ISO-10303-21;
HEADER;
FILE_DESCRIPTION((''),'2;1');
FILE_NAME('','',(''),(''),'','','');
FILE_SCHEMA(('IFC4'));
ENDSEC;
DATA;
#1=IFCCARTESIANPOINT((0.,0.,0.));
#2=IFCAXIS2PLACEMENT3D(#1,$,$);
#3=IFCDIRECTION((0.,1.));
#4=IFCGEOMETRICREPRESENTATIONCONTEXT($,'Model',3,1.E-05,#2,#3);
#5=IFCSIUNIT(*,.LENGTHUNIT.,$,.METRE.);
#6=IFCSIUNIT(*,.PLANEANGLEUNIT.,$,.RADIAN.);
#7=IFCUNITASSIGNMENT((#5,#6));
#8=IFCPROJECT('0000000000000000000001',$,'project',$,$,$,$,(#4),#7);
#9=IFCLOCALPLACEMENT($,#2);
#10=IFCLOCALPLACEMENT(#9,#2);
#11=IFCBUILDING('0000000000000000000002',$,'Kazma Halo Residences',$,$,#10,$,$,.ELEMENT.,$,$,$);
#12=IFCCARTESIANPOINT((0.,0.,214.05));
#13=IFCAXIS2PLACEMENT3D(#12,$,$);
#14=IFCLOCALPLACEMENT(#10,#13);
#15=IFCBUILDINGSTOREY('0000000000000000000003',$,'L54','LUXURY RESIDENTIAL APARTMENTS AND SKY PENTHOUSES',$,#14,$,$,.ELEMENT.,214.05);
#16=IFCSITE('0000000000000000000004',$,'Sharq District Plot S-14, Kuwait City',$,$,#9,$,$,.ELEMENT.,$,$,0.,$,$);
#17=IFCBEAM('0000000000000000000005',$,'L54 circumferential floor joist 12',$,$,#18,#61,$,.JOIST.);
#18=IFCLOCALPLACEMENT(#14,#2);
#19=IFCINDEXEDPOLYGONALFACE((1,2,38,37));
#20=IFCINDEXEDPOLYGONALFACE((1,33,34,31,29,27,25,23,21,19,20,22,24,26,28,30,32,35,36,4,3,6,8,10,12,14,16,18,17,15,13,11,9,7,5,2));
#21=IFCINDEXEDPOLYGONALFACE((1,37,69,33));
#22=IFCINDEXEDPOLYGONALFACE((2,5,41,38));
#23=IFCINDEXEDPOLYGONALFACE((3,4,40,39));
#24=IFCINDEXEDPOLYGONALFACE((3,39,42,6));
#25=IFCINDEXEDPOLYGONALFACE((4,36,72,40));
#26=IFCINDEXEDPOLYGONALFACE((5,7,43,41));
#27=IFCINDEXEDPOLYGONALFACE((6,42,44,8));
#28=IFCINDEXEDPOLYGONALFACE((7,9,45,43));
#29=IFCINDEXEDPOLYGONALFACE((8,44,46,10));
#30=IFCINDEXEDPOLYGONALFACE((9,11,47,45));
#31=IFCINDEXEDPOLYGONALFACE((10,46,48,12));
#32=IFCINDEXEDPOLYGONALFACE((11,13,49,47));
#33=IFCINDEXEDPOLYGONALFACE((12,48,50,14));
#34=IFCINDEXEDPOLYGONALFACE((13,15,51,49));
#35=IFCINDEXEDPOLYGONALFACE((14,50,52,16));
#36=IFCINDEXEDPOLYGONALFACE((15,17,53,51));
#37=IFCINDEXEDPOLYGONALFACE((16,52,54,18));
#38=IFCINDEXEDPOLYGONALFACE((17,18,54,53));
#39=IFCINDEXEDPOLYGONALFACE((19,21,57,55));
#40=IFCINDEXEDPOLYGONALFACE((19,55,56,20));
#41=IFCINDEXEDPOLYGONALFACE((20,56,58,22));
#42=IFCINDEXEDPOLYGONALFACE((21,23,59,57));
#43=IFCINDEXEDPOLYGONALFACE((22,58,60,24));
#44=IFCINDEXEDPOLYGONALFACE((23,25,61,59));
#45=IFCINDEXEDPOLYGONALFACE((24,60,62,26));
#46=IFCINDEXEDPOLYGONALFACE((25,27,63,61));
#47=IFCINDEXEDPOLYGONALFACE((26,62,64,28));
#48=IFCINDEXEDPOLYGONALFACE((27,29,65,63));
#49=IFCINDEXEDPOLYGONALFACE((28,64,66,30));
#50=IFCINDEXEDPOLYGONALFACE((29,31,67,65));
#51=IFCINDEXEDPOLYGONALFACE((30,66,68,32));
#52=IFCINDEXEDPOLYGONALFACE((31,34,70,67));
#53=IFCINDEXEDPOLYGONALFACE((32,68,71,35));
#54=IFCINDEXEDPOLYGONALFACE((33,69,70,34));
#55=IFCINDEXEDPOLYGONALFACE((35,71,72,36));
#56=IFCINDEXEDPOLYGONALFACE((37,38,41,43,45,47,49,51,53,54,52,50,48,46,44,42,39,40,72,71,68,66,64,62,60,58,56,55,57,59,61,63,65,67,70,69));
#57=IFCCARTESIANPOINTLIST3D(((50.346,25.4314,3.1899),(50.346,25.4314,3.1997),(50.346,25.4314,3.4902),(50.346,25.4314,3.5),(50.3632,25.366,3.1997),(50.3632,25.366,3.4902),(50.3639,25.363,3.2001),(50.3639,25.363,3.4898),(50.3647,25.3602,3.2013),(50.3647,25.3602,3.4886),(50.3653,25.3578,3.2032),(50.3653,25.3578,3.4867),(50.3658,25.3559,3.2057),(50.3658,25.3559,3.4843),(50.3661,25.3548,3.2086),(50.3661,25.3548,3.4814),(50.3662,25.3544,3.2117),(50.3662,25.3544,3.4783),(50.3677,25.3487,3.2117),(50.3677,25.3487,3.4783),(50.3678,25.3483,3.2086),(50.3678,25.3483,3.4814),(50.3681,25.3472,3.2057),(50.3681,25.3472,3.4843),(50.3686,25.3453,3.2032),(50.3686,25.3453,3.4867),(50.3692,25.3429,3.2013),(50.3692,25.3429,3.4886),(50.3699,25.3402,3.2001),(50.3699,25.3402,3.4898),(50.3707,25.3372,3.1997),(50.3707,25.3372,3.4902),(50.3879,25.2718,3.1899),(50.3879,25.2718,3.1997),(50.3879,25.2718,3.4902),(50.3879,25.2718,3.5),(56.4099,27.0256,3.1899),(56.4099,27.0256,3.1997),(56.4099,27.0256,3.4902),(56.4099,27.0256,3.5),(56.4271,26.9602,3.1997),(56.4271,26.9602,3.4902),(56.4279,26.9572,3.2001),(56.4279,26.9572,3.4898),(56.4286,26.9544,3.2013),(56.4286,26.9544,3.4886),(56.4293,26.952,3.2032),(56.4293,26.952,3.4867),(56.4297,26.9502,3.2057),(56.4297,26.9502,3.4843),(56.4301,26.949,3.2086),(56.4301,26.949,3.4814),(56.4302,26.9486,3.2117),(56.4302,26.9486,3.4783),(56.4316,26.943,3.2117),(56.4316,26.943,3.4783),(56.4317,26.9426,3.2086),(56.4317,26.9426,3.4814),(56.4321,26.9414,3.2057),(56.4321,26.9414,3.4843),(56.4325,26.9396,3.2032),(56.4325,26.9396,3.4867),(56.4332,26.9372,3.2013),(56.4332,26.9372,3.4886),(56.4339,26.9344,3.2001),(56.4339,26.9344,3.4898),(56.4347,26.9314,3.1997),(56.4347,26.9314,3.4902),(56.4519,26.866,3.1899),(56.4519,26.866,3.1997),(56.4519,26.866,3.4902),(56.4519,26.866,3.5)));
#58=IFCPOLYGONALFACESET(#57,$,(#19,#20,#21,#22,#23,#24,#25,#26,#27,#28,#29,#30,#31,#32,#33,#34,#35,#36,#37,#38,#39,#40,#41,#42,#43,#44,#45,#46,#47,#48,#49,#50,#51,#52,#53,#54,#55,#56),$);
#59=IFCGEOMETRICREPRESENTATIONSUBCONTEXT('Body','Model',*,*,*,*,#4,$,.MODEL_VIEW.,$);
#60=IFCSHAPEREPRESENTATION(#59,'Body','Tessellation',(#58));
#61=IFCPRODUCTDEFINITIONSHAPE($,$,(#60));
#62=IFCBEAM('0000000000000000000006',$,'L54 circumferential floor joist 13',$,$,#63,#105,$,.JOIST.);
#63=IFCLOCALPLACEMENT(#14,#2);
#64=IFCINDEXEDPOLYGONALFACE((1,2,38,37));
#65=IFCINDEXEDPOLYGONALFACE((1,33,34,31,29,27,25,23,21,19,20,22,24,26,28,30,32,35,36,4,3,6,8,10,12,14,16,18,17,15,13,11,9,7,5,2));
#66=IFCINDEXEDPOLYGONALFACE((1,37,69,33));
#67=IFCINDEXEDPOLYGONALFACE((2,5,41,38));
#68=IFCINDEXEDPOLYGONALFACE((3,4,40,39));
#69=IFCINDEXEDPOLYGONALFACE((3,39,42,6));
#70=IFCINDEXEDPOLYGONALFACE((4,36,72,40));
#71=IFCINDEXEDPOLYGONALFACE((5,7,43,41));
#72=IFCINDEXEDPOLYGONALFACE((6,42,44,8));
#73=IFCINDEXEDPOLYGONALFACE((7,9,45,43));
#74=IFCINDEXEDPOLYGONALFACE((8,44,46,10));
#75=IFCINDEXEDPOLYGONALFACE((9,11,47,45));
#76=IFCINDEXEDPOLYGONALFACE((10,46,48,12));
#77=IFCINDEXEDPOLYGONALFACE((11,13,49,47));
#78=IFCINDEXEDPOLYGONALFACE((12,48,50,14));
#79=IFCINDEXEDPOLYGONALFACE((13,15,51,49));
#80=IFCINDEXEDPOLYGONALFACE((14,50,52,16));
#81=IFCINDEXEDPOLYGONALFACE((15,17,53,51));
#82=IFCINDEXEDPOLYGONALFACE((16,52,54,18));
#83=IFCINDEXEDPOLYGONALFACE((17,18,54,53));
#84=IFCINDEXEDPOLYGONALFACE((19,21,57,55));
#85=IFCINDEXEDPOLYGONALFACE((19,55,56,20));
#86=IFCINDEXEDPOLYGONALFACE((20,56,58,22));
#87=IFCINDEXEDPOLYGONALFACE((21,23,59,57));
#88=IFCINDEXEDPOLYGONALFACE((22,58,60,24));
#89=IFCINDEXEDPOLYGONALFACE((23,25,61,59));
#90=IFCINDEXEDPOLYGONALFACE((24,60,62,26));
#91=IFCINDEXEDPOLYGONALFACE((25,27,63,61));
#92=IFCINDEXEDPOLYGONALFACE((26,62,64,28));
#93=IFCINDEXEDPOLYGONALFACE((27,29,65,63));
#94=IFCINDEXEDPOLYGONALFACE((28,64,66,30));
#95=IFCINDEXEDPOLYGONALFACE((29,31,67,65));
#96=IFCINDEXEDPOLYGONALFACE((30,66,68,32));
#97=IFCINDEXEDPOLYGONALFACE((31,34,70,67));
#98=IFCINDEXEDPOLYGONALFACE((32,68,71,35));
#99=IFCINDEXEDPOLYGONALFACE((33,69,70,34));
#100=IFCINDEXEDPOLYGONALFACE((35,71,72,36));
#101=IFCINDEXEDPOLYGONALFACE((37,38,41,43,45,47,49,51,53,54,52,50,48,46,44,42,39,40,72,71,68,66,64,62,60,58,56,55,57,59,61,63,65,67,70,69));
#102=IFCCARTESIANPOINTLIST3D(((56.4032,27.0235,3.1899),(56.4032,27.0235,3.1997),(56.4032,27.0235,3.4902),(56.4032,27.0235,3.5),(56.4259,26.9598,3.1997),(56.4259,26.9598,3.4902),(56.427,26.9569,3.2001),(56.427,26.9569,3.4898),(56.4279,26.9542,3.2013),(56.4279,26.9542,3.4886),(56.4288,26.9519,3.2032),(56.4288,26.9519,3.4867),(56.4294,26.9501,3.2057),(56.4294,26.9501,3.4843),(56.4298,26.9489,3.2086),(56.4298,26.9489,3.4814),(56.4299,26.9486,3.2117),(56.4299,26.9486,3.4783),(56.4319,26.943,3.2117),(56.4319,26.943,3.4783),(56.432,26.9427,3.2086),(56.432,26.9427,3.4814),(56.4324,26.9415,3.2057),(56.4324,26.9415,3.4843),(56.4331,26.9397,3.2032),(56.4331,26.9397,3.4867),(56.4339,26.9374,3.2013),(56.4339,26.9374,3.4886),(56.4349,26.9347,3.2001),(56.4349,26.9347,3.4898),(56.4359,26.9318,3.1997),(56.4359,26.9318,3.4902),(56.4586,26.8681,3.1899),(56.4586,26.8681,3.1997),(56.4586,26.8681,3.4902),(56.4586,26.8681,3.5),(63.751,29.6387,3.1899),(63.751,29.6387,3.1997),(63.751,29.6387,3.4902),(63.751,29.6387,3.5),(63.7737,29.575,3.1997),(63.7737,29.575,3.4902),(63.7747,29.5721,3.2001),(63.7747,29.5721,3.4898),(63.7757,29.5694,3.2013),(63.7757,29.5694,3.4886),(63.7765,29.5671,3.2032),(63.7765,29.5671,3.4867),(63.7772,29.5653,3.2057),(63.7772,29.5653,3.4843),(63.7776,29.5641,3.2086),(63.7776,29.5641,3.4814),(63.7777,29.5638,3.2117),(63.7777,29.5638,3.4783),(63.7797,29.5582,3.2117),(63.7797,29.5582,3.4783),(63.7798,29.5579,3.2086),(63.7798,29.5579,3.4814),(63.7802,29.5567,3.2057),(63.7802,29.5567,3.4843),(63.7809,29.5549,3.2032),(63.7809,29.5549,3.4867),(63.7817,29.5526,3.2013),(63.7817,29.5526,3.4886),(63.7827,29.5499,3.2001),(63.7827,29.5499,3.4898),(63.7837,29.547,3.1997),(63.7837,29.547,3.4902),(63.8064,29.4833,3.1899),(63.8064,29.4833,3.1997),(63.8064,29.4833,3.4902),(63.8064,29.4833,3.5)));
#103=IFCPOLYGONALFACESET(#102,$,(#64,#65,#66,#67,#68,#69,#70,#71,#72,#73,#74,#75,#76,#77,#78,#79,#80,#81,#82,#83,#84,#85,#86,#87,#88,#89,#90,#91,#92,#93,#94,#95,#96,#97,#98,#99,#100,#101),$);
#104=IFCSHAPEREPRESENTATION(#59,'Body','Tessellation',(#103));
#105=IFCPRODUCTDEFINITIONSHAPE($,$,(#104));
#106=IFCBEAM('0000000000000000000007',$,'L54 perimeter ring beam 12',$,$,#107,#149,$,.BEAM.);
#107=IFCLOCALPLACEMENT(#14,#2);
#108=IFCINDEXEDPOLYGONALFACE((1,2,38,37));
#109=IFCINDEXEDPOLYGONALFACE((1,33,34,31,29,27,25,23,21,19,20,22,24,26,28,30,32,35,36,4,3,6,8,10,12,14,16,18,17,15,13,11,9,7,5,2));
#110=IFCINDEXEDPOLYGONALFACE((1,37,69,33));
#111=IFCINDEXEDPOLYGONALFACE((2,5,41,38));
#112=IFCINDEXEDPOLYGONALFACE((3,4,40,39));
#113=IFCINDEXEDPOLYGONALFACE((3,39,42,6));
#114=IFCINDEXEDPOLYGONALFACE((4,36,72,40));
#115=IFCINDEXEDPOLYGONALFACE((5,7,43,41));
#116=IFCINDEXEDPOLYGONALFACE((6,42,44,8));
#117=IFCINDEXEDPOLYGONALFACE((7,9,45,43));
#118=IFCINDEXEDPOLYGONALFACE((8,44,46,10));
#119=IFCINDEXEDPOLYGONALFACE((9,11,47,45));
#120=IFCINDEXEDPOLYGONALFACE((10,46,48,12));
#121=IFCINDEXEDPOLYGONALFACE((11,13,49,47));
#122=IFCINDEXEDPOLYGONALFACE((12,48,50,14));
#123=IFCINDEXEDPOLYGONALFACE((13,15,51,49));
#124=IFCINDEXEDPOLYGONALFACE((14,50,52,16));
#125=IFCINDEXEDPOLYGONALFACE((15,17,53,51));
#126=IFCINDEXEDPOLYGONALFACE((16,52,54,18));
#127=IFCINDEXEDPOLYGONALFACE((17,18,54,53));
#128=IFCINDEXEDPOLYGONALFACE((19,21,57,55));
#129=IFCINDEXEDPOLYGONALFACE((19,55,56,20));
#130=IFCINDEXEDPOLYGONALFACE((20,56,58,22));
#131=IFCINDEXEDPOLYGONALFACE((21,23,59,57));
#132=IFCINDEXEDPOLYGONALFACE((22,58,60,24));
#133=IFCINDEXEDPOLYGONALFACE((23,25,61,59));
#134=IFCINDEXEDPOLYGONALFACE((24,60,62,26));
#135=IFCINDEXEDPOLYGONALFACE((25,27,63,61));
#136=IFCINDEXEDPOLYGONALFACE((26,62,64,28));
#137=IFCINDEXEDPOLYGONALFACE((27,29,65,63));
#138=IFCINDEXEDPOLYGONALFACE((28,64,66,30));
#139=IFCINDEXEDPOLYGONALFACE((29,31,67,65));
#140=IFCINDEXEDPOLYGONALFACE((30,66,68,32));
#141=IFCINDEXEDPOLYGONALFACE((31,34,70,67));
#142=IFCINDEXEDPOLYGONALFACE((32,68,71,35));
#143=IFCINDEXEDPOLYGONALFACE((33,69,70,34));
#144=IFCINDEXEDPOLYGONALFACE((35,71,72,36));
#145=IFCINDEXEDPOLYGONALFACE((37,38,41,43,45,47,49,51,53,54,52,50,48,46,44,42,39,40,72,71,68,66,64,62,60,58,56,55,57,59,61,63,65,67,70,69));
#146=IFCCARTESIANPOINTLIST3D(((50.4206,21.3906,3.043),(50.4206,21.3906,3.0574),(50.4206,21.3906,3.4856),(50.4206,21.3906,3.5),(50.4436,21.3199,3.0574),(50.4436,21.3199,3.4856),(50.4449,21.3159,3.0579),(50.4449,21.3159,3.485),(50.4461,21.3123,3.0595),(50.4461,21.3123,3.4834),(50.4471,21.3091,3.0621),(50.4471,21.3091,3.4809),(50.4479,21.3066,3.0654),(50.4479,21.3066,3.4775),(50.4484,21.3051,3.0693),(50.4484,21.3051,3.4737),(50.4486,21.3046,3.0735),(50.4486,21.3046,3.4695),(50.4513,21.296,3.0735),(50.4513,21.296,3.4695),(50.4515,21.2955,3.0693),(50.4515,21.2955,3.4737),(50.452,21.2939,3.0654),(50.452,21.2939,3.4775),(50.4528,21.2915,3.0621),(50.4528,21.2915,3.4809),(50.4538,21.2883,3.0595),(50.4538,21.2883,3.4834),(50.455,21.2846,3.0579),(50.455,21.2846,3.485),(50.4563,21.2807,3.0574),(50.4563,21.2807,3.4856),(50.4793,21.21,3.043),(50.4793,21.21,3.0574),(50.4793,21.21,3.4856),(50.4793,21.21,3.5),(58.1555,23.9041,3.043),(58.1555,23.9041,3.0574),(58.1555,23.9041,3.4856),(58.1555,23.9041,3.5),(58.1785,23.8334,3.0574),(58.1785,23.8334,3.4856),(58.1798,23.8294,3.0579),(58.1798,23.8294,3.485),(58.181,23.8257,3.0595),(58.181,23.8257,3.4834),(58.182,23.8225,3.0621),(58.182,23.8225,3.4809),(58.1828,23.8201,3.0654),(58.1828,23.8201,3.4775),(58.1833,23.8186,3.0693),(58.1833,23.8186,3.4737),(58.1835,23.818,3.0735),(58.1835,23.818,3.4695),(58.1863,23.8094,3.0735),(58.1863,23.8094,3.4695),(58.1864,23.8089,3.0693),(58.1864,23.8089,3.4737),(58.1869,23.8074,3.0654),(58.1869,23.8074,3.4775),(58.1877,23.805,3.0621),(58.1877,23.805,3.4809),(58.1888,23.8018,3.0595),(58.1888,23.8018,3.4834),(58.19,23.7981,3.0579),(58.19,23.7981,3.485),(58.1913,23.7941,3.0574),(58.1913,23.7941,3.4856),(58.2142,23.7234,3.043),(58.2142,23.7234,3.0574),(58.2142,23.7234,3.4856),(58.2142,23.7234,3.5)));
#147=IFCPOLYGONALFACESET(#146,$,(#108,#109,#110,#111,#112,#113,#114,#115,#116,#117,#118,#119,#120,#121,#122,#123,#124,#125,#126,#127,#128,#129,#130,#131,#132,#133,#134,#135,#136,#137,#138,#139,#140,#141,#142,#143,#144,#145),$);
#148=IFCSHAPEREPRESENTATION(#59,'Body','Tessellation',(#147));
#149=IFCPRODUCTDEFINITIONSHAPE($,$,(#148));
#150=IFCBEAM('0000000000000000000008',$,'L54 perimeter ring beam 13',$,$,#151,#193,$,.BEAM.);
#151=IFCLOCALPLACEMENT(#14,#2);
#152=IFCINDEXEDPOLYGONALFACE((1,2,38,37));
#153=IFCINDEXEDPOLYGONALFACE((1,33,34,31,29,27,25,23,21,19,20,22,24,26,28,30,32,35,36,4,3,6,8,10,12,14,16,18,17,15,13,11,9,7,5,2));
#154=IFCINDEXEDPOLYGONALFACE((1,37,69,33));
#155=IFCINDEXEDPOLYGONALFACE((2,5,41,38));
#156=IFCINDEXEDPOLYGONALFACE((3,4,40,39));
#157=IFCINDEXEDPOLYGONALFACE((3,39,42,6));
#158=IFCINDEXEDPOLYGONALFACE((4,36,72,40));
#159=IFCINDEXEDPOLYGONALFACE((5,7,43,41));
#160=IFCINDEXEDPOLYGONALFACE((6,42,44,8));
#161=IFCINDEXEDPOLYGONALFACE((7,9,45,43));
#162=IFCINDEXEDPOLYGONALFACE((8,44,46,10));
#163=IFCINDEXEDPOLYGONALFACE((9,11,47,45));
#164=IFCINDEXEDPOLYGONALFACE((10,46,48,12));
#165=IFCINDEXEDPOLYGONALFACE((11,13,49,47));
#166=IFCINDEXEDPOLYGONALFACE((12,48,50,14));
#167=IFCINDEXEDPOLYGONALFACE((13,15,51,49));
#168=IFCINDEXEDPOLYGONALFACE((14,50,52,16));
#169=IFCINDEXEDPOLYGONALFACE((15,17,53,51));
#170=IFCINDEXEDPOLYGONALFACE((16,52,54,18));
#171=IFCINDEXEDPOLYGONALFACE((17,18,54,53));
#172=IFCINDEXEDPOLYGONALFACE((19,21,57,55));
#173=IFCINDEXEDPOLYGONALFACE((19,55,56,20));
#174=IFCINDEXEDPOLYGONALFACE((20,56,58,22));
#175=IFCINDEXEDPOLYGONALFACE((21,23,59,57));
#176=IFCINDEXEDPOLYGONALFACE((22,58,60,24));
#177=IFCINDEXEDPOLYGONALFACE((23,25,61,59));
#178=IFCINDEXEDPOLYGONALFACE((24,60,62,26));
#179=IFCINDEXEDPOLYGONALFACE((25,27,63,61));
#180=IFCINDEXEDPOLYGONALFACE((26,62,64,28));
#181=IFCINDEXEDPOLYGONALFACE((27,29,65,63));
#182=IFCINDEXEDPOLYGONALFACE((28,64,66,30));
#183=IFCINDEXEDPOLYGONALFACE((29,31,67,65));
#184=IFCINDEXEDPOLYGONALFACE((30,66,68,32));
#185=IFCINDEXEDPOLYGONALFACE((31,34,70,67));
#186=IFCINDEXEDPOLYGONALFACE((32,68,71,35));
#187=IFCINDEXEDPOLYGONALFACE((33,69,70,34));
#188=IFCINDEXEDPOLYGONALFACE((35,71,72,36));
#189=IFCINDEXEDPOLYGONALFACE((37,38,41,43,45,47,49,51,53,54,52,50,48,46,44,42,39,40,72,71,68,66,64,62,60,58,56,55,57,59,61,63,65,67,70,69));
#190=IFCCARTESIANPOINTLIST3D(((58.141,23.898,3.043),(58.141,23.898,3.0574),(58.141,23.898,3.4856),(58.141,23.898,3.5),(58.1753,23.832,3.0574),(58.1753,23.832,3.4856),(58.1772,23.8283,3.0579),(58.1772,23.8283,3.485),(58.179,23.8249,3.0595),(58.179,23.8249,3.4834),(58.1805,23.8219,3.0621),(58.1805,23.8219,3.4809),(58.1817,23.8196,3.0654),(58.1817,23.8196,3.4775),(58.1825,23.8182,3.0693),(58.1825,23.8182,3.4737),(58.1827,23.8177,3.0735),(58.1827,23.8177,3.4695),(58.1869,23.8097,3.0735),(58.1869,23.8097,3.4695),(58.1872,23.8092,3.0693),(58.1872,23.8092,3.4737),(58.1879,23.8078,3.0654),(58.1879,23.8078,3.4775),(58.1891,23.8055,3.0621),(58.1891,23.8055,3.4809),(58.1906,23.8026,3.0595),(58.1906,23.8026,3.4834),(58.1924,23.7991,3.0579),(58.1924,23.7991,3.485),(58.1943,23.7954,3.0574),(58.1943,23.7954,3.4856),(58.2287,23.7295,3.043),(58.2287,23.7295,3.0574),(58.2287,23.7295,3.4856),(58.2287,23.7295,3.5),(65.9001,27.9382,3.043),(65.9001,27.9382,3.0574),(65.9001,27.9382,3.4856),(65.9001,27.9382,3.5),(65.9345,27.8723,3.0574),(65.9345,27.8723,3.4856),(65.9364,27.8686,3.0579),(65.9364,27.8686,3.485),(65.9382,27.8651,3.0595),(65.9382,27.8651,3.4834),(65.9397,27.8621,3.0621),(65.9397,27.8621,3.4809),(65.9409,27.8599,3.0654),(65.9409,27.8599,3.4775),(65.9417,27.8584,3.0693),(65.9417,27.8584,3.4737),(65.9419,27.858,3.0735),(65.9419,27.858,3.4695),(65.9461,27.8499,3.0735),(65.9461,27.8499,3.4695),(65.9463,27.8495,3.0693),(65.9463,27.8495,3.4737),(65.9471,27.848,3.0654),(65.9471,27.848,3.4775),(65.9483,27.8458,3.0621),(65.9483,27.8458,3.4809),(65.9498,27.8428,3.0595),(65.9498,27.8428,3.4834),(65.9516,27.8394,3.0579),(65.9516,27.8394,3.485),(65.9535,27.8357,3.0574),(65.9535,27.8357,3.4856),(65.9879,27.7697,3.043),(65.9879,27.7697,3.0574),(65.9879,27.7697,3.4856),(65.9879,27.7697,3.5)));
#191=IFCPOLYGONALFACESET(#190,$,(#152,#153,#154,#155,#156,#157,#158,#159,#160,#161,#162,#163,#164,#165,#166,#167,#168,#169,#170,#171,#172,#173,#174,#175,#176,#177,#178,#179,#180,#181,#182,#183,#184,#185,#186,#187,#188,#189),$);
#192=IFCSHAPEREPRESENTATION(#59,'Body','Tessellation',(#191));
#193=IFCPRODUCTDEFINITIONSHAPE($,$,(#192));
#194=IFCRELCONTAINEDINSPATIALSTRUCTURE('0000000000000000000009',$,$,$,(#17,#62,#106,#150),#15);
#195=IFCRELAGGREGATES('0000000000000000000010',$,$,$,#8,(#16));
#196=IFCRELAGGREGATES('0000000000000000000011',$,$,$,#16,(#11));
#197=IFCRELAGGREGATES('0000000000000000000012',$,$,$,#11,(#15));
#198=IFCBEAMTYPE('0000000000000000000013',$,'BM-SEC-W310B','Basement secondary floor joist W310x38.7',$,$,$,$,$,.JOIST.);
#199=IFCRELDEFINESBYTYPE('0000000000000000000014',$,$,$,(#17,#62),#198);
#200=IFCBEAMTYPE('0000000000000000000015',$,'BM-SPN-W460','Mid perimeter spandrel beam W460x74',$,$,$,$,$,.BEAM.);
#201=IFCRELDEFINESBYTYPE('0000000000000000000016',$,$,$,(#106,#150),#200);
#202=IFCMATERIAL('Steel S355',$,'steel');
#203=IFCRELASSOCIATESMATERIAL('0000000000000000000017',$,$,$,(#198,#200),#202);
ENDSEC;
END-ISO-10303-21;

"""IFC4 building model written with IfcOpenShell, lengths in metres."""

from ifc_helpers import new_model, si_unit, direction, frame, origin, origin_2d, place, context, subcontext, project, spatial, i_section, extrude, material, material_profile, profile_set, type_object, element, save


model = new_model("IFC4")

# Units and contexts
model_context = context("Model", 3, precision=1e-05, world=origin(), true_north=direction((0.0, 1.0)))
body_context = subcontext(model_context, "Body", "Model", "MODEL_VIEW")
ifc_project = project(units=[si_unit("LENGTHUNIT", "METRE"), si_unit("PLANEANGLEUNIT", "RADIAN")], contexts=[model_context])

# Site, building, storey
site_placement = place(None, origin())
site = spatial("IfcSite", under=ifc_project, at=site_placement, Name="Sharq District Plot S-14, Kuwait City", CompositionType="ELEMENT", RefElevation=0.0)
building_placement = place(site_placement, origin())
building = spatial("IfcBuilding", under=site, at=building_placement, Name="Kazma Halo Residences", CompositionType="ELEMENT")
storey_placement = place(building_placement, frame((0.0, 0.0, 214.05)))
storey = spatial("IfcBuildingStorey", under=building, at=storey_placement, Name="L54", Description="LUXURY RESIDENTIAL APARTMENTS AND SKY PENTHOUSES", CompositionType="ELEMENT", Elevation=214.05)

# Beams
ifc_material_1 = material(Name="Steel S355", Category="steel")
ifc_material_profile_1 = material_profile(ifc_material_1, i_section(OverallWidth=0.165, OverallDepth=0.3101, WebThickness=0.0059, FlangeThickness=0.0098, FilletRadius=0.012, at=origin_2d()), Name="W310x38.7")
ifc_profile_set_1 = profile_set([ifc_material_profile_1], Name="Steel S355")
beam_type_1 = type_object("IfcBeamType", Name="BM-SEC-W310B", Description="Basement secondary floor joist W310x38.7", PredefinedType="JOIST", material=ifc_profile_set_1)
beam_1_placement = place(storey_placement, frame((50.3669, 25.3516, 3.345), z_axis=(0.967135, 0.254263, 0.0), x_axis=(-0.254263, 0.967135, 0.0)))
element("IfcBeam", 1, at=beam_1_placement, inside=storey, type_object=beam_type_1, Name="L54 circumferential floor joist 12", PredefinedType="JOIST", context=body_context, shape_type="SweptSolid", body=[
    extrude(i_section(OverallWidth=0.165, OverallDepth=0.3101, WebThickness=0.0059, FlangeThickness=0.0098, FilletRadius=0.012, at=origin_2d()), origin(), (0.0, 0.0, 1.0), 6.27),
])
beam_2_placement = place(storey_placement, frame((56.4309, 26.9458, 3.345), z_axis=(0.942107, 0.335311, 0.0), x_axis=(-0.335311, 0.942107, 0.0)))
element("IfcBeam", 2, at=beam_2_placement, inside=storey, type_object=beam_type_1, Name="L54 circumferential floor joist 13", PredefinedType="JOIST", context=body_context, shape_type="SweptSolid", body=[
    extrude(i_section(OverallWidth=0.165, OverallDepth=0.3101, WebThickness=0.0059, FlangeThickness=0.0098, FilletRadius=0.012, at=origin_2d()), origin(), (0.0, 0.0, 1.0), 7.7993),
])
ifc_material_profile_2 = material_profile(ifc_material_1, i_section(OverallWidth=0.1899, OverallDepth=0.457, WebThickness=0.009, FlangeThickness=0.0144, FilletRadius=0.0161, at=origin_2d()), Name="W460x74")
ifc_profile_set_2 = profile_set([ifc_material_profile_2], Name="Steel S355")
beam_type_2 = type_object("IfcBeamType", Name="BM-SPN-W460", Description="Mid perimeter spandrel beam W460x74", PredefinedType="BEAM", material=ifc_profile_set_2)
beam_3_placement = place(storey_placement, frame((50.45, 21.3003, 3.2715), z_axis=(0.951049, 0.309041, 0.0), x_axis=(-0.309041, 0.951049, 0.0)))
element("IfcBeam", 3, at=beam_3_placement, inside=storey, type_object=beam_type_2, Name="L54 perimeter ring beam 12", PredefinedType="BEAM", context=body_context, shape_type="SweptSolid", body=[
    extrude(i_section(OverallWidth=0.1899, OverallDepth=0.457, WebThickness=0.009, FlangeThickness=0.0144, FilletRadius=0.0161, at=origin_2d()), origin(), (0.0, 0.0, 1.0), 8.1331),
])
beam_4_placement = place(storey_placement, frame((58.1848, 23.8137, 3.2715), z_axis=(0.886961, 0.461844, 0.0), x_axis=(-0.461844, 0.886961, 0.0)))
element("IfcBeam", 4, at=beam_4_placement, inside=storey, type_object=beam_type_2, Name="L54 perimeter ring beam 13", PredefinedType="BEAM", context=body_context, shape_type="SweptSolid", body=[
    extrude(i_section(OverallWidth=0.1899, OverallDepth=0.457, WebThickness=0.009, FlangeThickness=0.0144, FilletRadius=0.0161, at=origin_2d()), origin(), (0.0, 0.0, 1.0), 8.748),
])

save(model, "model.ifc")
